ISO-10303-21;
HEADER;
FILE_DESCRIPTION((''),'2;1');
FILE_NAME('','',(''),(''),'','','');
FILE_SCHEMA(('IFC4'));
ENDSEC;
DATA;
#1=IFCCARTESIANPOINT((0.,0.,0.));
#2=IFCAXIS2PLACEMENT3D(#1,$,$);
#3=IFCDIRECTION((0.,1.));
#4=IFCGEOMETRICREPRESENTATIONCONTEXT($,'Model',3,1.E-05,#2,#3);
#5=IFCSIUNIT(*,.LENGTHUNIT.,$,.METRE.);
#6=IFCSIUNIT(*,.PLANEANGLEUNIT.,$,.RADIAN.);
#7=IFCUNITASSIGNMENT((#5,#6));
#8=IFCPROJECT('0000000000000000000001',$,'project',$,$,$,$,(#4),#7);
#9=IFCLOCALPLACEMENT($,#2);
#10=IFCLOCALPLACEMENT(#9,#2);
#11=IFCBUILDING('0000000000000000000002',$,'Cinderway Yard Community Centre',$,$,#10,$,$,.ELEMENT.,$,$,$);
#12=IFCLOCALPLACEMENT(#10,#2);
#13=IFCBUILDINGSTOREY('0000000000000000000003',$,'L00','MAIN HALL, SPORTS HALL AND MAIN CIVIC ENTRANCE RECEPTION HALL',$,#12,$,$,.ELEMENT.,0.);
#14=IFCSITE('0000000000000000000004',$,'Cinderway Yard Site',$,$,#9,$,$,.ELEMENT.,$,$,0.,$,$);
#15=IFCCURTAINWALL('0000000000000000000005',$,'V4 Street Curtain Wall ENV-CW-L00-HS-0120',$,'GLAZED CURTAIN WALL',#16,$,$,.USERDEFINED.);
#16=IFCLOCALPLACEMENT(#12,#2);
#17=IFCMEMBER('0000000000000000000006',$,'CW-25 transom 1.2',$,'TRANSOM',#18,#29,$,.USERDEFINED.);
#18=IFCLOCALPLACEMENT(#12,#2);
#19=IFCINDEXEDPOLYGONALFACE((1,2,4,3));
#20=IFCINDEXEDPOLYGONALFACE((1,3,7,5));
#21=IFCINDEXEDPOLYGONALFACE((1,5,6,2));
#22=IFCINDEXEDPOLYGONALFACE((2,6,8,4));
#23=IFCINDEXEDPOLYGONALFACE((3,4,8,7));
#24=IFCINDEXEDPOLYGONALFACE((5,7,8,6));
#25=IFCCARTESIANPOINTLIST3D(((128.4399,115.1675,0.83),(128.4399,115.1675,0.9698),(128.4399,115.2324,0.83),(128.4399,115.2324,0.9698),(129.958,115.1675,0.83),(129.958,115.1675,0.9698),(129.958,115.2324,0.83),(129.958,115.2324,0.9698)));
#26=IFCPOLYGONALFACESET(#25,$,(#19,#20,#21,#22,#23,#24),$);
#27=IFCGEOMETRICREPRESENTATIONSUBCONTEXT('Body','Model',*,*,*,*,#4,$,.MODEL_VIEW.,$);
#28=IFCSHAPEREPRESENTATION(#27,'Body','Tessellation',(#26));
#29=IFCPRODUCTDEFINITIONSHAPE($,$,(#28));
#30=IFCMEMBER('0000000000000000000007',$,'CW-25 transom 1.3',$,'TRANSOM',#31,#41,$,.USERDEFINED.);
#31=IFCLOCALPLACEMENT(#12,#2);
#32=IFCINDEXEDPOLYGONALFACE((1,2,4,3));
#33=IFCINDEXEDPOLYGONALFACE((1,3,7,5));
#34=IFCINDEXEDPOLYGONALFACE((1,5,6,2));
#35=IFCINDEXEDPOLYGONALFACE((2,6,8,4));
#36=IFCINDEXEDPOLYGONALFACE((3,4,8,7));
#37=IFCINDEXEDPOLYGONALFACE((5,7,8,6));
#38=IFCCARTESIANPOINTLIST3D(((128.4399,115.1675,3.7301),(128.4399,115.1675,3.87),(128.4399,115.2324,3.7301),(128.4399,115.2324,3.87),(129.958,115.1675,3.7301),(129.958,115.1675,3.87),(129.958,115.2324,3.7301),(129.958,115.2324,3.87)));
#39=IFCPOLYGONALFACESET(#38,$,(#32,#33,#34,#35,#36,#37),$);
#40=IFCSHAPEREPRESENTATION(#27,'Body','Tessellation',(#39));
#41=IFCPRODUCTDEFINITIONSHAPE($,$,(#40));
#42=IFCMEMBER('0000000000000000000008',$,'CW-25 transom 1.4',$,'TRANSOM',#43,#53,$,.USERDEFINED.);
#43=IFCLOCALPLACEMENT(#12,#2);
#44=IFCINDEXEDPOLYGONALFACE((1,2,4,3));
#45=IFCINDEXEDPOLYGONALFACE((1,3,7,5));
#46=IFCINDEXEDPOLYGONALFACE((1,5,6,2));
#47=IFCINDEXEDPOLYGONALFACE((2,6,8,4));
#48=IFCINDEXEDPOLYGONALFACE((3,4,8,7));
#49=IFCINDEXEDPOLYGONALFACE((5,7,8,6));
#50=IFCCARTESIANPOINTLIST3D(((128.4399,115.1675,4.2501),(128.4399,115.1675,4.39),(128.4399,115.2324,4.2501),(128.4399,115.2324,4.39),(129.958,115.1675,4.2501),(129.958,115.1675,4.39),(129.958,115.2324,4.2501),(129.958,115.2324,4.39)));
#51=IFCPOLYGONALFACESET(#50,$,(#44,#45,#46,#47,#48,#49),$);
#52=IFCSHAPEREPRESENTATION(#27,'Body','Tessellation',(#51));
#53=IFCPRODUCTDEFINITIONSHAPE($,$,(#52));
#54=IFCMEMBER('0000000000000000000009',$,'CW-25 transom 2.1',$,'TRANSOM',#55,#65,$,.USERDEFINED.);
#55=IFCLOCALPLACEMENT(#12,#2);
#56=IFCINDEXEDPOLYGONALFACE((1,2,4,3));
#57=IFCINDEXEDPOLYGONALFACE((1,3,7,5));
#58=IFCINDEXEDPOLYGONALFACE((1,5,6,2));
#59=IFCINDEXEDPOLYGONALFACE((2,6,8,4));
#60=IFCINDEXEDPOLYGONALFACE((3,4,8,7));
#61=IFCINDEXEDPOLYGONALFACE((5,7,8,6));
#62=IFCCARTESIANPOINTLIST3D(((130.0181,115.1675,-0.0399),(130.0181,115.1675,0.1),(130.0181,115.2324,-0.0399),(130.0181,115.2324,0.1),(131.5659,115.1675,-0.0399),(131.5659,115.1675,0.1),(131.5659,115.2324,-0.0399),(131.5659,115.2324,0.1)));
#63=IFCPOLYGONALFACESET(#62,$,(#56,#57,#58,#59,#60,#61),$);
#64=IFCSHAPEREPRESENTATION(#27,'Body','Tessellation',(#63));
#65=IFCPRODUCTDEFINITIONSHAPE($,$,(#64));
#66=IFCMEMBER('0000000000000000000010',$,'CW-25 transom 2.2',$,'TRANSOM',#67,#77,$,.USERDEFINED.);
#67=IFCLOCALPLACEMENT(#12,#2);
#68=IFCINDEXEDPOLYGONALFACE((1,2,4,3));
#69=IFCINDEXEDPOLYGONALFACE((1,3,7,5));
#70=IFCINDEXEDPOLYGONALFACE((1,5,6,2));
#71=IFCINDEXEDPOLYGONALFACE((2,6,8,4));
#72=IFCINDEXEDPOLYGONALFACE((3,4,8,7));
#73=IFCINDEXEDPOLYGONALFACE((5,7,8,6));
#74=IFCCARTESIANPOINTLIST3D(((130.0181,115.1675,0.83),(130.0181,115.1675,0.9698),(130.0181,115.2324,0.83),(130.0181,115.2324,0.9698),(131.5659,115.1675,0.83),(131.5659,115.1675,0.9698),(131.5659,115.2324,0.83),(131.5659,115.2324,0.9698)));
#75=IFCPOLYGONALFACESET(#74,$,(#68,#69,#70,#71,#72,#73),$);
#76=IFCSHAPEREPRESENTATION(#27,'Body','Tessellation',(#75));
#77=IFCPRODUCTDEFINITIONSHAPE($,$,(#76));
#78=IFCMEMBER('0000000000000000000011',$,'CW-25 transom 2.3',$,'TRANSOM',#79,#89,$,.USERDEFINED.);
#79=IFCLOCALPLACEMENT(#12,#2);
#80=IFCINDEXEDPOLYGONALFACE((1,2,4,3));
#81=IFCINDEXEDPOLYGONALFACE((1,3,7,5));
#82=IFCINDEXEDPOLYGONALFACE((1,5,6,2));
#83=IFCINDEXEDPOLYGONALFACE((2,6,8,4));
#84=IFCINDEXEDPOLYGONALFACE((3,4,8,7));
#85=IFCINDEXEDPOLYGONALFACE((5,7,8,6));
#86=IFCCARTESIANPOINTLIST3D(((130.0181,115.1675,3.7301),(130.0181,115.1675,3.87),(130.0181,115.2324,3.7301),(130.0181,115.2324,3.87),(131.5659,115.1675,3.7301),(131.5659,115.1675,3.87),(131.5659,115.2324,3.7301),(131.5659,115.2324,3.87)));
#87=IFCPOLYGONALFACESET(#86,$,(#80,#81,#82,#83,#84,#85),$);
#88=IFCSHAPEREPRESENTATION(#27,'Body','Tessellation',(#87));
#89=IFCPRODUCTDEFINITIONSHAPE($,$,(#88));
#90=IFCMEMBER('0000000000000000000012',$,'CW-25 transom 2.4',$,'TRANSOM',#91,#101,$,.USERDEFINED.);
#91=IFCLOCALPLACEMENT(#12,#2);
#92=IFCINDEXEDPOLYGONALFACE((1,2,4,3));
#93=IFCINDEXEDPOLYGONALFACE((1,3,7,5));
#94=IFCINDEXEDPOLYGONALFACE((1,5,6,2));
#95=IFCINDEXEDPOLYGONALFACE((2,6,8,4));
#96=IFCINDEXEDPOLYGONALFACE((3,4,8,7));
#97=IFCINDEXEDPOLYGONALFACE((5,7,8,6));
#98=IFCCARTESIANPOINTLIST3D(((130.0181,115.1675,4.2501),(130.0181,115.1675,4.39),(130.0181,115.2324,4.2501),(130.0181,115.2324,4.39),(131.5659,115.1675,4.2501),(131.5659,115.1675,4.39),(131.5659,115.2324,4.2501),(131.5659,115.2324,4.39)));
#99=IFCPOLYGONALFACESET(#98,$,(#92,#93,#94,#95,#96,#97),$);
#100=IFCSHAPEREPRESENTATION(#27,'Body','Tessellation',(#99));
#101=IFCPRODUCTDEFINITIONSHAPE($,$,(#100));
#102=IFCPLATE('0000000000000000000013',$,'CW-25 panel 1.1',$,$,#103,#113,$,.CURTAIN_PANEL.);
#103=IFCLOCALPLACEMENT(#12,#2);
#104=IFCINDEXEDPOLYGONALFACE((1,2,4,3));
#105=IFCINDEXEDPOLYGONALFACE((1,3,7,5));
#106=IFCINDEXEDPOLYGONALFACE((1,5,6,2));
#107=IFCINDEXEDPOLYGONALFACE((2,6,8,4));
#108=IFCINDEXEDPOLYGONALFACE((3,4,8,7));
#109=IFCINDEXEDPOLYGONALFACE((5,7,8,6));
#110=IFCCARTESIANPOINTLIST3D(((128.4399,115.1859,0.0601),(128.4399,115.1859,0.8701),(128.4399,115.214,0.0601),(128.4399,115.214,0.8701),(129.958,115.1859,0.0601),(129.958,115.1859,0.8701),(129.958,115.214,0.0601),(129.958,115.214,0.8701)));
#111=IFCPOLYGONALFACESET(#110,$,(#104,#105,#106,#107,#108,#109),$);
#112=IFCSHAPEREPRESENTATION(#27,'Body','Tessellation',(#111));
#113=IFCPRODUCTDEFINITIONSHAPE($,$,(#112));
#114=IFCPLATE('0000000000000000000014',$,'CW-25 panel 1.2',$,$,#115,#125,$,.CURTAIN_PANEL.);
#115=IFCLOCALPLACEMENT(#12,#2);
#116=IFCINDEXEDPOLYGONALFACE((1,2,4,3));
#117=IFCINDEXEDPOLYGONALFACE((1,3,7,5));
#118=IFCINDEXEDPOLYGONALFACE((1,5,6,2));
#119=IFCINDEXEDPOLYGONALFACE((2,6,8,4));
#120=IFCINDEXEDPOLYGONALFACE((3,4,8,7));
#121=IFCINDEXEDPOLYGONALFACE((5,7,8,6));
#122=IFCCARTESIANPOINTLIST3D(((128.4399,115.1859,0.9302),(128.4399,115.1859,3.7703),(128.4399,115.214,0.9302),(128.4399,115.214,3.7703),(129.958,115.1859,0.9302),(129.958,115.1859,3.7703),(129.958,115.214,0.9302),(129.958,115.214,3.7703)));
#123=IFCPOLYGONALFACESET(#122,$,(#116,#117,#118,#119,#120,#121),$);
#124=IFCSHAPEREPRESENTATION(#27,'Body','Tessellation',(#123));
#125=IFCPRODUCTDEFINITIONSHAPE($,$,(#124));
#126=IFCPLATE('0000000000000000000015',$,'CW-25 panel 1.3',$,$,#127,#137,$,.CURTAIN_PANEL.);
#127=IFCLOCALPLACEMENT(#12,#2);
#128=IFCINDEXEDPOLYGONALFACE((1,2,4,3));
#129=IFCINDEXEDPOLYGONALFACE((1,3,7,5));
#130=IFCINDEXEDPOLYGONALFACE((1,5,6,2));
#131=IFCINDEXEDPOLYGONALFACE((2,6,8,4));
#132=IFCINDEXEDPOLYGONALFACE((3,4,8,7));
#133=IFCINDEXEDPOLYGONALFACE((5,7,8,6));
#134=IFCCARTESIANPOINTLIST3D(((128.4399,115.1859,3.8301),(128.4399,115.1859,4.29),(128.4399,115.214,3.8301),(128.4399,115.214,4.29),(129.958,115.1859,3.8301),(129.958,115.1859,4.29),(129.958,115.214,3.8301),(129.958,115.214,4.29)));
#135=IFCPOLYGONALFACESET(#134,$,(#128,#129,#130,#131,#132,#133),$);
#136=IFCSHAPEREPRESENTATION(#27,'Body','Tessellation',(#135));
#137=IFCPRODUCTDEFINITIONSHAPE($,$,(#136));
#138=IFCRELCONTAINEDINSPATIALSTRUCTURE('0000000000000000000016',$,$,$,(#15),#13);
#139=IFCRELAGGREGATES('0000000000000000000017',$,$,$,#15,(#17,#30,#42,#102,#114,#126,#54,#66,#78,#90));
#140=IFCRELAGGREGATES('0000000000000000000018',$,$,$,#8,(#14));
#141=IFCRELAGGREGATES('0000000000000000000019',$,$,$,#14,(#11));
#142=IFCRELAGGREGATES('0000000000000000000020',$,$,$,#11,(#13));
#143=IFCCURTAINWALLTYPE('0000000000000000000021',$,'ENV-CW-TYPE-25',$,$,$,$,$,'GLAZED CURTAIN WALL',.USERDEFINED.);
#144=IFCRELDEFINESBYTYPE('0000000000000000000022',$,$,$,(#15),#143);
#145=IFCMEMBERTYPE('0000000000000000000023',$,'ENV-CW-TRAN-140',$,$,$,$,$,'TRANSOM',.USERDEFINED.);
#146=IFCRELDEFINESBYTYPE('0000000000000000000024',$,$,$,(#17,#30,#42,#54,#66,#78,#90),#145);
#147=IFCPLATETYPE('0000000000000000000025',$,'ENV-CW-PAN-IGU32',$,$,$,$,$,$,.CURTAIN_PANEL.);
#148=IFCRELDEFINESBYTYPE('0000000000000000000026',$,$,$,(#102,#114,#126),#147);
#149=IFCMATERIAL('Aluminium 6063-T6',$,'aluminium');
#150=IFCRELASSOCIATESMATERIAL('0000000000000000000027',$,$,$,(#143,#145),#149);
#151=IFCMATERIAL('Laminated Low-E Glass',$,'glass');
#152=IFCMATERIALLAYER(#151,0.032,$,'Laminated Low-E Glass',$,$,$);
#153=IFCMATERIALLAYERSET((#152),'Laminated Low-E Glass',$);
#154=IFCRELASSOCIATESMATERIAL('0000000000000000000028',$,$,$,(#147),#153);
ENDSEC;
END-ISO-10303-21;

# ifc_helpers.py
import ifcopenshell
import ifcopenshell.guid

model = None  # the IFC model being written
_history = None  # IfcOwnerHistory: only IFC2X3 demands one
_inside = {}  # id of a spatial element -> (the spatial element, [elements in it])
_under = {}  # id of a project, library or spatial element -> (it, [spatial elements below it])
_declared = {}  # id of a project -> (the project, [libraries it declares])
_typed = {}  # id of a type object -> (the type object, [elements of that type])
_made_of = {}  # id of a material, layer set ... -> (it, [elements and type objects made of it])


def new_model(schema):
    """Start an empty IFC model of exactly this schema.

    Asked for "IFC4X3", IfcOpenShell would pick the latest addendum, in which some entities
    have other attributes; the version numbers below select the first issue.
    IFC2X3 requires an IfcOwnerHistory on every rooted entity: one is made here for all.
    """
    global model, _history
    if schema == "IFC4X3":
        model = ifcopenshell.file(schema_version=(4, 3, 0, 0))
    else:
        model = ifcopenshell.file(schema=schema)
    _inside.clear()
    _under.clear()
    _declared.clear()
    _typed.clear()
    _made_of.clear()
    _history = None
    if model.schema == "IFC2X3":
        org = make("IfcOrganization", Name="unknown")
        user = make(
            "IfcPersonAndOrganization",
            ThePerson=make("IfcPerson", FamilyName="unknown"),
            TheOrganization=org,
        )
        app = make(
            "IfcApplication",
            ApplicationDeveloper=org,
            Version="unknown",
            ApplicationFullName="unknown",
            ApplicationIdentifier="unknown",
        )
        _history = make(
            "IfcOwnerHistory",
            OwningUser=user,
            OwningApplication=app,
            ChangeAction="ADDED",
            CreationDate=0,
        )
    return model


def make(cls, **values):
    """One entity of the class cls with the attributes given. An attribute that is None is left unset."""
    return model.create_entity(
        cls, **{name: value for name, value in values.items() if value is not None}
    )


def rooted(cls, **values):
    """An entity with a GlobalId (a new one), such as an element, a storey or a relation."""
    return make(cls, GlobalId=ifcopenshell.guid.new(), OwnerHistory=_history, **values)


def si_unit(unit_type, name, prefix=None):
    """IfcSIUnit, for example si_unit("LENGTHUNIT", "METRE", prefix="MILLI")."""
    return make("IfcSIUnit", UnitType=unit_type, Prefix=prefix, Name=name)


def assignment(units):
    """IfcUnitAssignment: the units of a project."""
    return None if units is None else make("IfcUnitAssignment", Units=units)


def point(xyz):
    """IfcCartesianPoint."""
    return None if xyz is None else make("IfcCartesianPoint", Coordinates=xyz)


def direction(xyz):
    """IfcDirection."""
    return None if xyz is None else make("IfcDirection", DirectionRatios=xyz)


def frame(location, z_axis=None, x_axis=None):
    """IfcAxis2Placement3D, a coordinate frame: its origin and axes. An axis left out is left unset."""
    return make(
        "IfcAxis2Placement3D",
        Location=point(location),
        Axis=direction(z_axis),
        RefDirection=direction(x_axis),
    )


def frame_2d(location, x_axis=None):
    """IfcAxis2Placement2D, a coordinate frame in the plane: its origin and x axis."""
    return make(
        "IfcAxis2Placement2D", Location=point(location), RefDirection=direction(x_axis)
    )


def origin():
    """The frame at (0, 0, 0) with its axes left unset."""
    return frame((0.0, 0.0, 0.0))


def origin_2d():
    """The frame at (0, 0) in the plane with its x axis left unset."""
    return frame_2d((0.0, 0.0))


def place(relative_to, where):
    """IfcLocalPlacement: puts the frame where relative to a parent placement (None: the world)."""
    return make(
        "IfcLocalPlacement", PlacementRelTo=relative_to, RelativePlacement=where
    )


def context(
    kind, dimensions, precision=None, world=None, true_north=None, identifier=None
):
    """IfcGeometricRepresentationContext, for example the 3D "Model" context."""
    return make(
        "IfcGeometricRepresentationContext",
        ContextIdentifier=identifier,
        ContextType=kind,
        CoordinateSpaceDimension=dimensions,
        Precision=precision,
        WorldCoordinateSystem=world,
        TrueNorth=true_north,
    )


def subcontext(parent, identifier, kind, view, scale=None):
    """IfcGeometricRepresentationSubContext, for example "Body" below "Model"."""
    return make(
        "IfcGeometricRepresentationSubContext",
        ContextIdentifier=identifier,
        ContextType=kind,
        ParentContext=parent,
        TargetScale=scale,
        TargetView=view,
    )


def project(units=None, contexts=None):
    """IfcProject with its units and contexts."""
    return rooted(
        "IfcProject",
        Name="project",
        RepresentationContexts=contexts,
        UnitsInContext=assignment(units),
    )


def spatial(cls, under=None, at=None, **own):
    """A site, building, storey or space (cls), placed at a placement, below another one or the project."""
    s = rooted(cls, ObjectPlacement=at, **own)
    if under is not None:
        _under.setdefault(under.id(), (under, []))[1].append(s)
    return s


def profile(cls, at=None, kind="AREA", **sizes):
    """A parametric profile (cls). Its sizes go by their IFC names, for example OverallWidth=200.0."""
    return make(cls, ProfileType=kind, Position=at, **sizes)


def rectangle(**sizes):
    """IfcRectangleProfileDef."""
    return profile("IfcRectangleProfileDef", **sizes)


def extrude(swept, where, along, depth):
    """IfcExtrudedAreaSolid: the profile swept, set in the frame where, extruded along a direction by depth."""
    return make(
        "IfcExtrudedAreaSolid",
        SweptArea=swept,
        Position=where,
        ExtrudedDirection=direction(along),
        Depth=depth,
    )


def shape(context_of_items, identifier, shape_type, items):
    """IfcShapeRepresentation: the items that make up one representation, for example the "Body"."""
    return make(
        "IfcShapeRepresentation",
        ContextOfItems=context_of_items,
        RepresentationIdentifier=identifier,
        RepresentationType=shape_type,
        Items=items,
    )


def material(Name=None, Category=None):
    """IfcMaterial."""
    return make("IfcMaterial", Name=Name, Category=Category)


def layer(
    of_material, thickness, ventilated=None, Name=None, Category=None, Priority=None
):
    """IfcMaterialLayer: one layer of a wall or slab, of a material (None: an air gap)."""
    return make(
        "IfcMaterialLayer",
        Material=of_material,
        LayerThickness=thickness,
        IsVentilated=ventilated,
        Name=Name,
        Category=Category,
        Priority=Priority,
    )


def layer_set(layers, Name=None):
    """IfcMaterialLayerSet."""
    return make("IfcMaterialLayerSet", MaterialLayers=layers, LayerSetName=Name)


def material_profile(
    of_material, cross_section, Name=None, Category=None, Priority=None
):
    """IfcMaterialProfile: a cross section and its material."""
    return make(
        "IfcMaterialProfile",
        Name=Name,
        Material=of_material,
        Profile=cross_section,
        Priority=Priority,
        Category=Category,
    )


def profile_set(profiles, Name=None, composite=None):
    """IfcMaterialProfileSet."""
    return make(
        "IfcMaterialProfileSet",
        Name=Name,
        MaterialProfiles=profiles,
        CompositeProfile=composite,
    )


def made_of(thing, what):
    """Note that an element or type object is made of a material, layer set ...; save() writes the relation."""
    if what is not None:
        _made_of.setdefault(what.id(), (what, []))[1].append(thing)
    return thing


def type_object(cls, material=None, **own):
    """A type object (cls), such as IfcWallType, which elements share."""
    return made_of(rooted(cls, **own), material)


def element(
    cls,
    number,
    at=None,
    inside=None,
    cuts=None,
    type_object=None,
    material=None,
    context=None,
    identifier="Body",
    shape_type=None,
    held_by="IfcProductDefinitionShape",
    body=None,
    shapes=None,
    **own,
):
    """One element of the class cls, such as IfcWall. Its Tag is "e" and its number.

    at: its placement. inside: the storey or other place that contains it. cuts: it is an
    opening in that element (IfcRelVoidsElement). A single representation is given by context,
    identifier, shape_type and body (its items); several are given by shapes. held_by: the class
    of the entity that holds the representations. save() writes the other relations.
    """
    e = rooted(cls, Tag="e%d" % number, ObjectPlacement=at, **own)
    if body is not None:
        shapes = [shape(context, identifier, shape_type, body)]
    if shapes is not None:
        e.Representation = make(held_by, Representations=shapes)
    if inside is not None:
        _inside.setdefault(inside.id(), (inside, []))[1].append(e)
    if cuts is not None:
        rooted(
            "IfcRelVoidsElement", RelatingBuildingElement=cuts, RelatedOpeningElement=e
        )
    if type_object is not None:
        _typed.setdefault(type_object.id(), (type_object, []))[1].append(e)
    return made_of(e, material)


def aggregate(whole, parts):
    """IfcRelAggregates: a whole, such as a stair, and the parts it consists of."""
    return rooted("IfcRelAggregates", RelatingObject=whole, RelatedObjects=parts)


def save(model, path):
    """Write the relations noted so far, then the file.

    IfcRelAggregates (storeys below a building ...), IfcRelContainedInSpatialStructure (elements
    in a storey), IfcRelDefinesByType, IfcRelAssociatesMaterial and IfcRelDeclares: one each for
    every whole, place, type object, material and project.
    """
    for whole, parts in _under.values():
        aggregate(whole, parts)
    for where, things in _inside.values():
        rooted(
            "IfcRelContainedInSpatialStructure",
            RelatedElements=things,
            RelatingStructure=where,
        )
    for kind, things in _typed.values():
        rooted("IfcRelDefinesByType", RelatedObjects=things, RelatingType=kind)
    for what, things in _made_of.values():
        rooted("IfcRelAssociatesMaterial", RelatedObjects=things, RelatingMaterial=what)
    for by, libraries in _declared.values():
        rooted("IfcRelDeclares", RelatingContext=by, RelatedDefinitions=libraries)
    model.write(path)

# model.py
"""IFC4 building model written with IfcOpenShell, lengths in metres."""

from ifc_helpers import new_model, si_unit, direction, frame, origin, origin_2d, place, context, subcontext, project, spatial, rectangle, extrude, material, layer, layer_set, material_profile, profile_set, type_object, element, aggregate, save


model = new_model("IFC4")

# Units and contexts
model_context = context("Model", 3, precision=1e-05, world=origin(), true_north=direction((0.0, 1.0)))
body_context = subcontext(model_context, "Body", "Model", "MODEL_VIEW")
ifc_project = project(units=[si_unit("LENGTHUNIT", "METRE"), si_unit("PLANEANGLEUNIT", "RADIAN")], contexts=[model_context])

# Site, building, storey
site_placement = place(None, origin())
site = spatial("IfcSite", under=ifc_project, at=site_placement, Name="Cinderway Yard Site", CompositionType="ELEMENT", RefElevation=0.0)
building_placement = place(site_placement, origin())
building = spatial("IfcBuilding", under=site, at=building_placement, Name="Cinderway Yard Community Centre", CompositionType="ELEMENT")
storey_placement = place(building_placement, origin())
storey = spatial("IfcBuildingStorey", under=building, at=storey_placement, Name="L00", Description="MAIN HALL, SPORTS HALL AND MAIN CIVIC ENTRANCE RECEPTION HALL", CompositionType="ELEMENT", Elevation=0.0)

# Curtain wall, members, plates
ifc_material_1 = material(Name="Aluminium 6063-T6", Category="aluminium")
curtain_wall_type = type_object("IfcCurtainWallType", Name="ENV-CW-TYPE-25", ElementType="GLAZED CURTAIN WALL", PredefinedType="USERDEFINED", material=ifc_material_1)
curtain_wall_placement = place(storey_placement, origin())
curtain_wall = element("IfcCurtainWall", 1, at=curtain_wall_placement, inside=storey, type_object=curtain_wall_type, Name="V4 Street Curtain Wall ENV-CW-L00-HS-0120", ObjectType="GLAZED CURTAIN WALL", PredefinedType="USERDEFINED")
ifc_material_profile_1 = material_profile(ifc_material_1, rectangle(XDim=0.0649, YDim=0.1399, at=origin_2d()), Name="Aluminium 6063-T6")
ifc_profile_set_1 = profile_set([ifc_material_profile_1], Name="Aluminium 6063-T6")
member_type_1 = type_object("IfcMemberType", Name="ENV-CW-TRAN-140", ElementType="TRANSOM", PredefinedType="USERDEFINED", material=ifc_profile_set_1)
member_1_placement = place(storey_placement, frame((128.4399, 115.2, 0.8999), z_axis=(1.0, 0.0, 0.0), x_axis=(0.0, 1.0, 0.0)))
member_1 = element("IfcMember", 2, at=member_1_placement, type_object=member_type_1, Name="CW-25 transom 1.2", ObjectType="TRANSOM", PredefinedType="USERDEFINED", context=body_context, shape_type="SweptSolid", body=[
    extrude(rectangle(XDim=0.0649, YDim=0.1399, at=origin_2d()), origin(), (0.0, 0.0, 1.0), 1.5181),
])
member_2_placement = place(storey_placement, frame((128.4399, 115.2, 3.8), z_axis=(1.0, 0.0, 0.0), x_axis=(0.0, 1.0, 0.0)))
member_2 = element("IfcMember", 3, at=member_2_placement, type_object=member_type_1, Name="CW-25 transom 1.3", ObjectType="TRANSOM", PredefinedType="USERDEFINED", context=body_context, shape_type="SweptSolid", body=[
    extrude(rectangle(XDim=0.0649, YDim=0.1399, at=origin_2d()), origin(), (0.0, 0.0, 1.0), 1.5181),
])
member_3_placement = place(storey_placement, frame((128.4399, 115.2, 4.3201), z_axis=(1.0, 0.0, 0.0), x_axis=(0.0, 1.0, 0.0)))
member_3 = element("IfcMember", 4, at=member_3_placement, type_object=member_type_1, Name="CW-25 transom 1.4", ObjectType="TRANSOM", PredefinedType="USERDEFINED", context=body_context, shape_type="SweptSolid", body=[
    extrude(rectangle(XDim=0.0649, YDim=0.1399, at=origin_2d()), origin(), (0.0, 0.0, 1.0), 1.5181),
])
member_4_placement = place(storey_placement, frame((130.0181, 115.2, 0.03), z_axis=(1.0, 0.0, 0.0), x_axis=(0.0, 1.0, 0.0)))
member_4 = element("IfcMember", 5, at=member_4_placement, type_object=member_type_1, Name="CW-25 transom 2.1", ObjectType="TRANSOM", PredefinedType="USERDEFINED", context=body_context, shape_type="SweptSolid", body=[
    extrude(rectangle(XDim=0.0649, YDim=0.1399, at=origin_2d()), origin(), (0.0, 0.0, 1.0), 1.5479),
])
member_5_placement = place(storey_placement, frame((130.0181, 115.2, 0.8999), z_axis=(1.0, 0.0, 0.0), x_axis=(0.0, 1.0, 0.0)))
member_5 = element("IfcMember", 6, at=member_5_placement, type_object=member_type_1, Name="CW-25 transom 2.2", ObjectType="TRANSOM", PredefinedType="USERDEFINED", context=body_context, shape_type="SweptSolid", body=[
    extrude(rectangle(XDim=0.0649, YDim=0.1399, at=origin_2d()), origin(), (0.0, 0.0, 1.0), 1.5479),
])
member_6_placement = place(storey_placement, frame((130.0181, 115.2, 3.8), z_axis=(1.0, 0.0, 0.0), x_axis=(0.0, 1.0, 0.0)))
member_6 = element("IfcMember", 7, at=member_6_placement, type_object=member_type_1, Name="CW-25 transom 2.3", ObjectType="TRANSOM", PredefinedType="USERDEFINED", context=body_context, shape_type="SweptSolid", body=[
    extrude(rectangle(XDim=0.0649, YDim=0.1399, at=origin_2d()), origin(), (0.0, 0.0, 1.0), 1.5479),
])
member_7_placement = place(storey_placement, frame((130.0181, 115.2, 4.3201), z_axis=(1.0, 0.0, 0.0), x_axis=(0.0, 1.0, 0.0)))
member_7 = element("IfcMember", 8, at=member_7_placement, type_object=member_type_1, Name="CW-25 transom 2.4", ObjectType="TRANSOM", PredefinedType="USERDEFINED", context=body_context, shape_type="SweptSolid", body=[
    extrude(rectangle(XDim=0.0649, YDim=0.1399, at=origin_2d()), origin(), (0.0, 0.0, 1.0), 1.5479),
])
ifc_material_2 = material(Name="Laminated Low-E Glass", Category="glass")
ifc_layer = layer(ifc_material_2, 0.032, Name="Laminated Low-E Glass")
ifc_layer_set = layer_set([ifc_layer], Name="Laminated Low-E Glass")
plate_type = type_object("IfcPlateType", Name="ENV-CW-PAN-IGU32", PredefinedType="CURTAIN_PANEL", material=ifc_layer_set)
plate_1_placement = place(storey_placement, frame((129.199, 115.2, 0.0601), z_axis=(0.0, 0.0, 1.0), x_axis=(1.0, 0.0, 0.0)))
plate_1 = element("IfcPlate", 9, at=plate_1_placement, type_object=plate_type, Name="CW-25 panel 1.1", PredefinedType="CURTAIN_PANEL", context=body_context, shape_type="SweptSolid", body=[
    extrude(rectangle(XDim=1.5181, YDim=0.0281, at=origin_2d()), origin(), (0.0, 0.0, 1.0), 0.8101),
])
plate_2_placement = place(storey_placement, frame((129.199, 115.2, 0.9302), z_axis=(0.0, 0.0, 1.0), x_axis=(1.0, 0.0, 0.0)))
plate_2 = element("IfcPlate", 10, at=plate_2_placement, type_object=plate_type, Name="CW-25 panel 1.2", PredefinedType="CURTAIN_PANEL", context=body_context, shape_type="SweptSolid", body=[
    extrude(rectangle(XDim=1.5181, YDim=0.0281, at=origin_2d()), origin(), (0.0, 0.0, 1.0), 2.8401),
])
plate_3_placement = place(storey_placement, frame((129.199, 115.2, 3.8301), z_axis=(0.0, 0.0, 1.0), x_axis=(1.0, 0.0, 0.0)))
plate_3 = element("IfcPlate", 11, at=plate_3_placement, type_object=plate_type, Name="CW-25 panel 1.3", PredefinedType="CURTAIN_PANEL", context=body_context, shape_type="SweptSolid", body=[
    extrude(rectangle(XDim=1.5181, YDim=0.0281, at=origin_2d()), origin(), (0.0, 0.0, 1.0), 0.46),
])
aggregate(curtain_wall, [member_1, member_2, member_3, plate_1, plate_2, plate_3, member_4, member_5, member_6, member_7])

save(model, "model.ifc")
